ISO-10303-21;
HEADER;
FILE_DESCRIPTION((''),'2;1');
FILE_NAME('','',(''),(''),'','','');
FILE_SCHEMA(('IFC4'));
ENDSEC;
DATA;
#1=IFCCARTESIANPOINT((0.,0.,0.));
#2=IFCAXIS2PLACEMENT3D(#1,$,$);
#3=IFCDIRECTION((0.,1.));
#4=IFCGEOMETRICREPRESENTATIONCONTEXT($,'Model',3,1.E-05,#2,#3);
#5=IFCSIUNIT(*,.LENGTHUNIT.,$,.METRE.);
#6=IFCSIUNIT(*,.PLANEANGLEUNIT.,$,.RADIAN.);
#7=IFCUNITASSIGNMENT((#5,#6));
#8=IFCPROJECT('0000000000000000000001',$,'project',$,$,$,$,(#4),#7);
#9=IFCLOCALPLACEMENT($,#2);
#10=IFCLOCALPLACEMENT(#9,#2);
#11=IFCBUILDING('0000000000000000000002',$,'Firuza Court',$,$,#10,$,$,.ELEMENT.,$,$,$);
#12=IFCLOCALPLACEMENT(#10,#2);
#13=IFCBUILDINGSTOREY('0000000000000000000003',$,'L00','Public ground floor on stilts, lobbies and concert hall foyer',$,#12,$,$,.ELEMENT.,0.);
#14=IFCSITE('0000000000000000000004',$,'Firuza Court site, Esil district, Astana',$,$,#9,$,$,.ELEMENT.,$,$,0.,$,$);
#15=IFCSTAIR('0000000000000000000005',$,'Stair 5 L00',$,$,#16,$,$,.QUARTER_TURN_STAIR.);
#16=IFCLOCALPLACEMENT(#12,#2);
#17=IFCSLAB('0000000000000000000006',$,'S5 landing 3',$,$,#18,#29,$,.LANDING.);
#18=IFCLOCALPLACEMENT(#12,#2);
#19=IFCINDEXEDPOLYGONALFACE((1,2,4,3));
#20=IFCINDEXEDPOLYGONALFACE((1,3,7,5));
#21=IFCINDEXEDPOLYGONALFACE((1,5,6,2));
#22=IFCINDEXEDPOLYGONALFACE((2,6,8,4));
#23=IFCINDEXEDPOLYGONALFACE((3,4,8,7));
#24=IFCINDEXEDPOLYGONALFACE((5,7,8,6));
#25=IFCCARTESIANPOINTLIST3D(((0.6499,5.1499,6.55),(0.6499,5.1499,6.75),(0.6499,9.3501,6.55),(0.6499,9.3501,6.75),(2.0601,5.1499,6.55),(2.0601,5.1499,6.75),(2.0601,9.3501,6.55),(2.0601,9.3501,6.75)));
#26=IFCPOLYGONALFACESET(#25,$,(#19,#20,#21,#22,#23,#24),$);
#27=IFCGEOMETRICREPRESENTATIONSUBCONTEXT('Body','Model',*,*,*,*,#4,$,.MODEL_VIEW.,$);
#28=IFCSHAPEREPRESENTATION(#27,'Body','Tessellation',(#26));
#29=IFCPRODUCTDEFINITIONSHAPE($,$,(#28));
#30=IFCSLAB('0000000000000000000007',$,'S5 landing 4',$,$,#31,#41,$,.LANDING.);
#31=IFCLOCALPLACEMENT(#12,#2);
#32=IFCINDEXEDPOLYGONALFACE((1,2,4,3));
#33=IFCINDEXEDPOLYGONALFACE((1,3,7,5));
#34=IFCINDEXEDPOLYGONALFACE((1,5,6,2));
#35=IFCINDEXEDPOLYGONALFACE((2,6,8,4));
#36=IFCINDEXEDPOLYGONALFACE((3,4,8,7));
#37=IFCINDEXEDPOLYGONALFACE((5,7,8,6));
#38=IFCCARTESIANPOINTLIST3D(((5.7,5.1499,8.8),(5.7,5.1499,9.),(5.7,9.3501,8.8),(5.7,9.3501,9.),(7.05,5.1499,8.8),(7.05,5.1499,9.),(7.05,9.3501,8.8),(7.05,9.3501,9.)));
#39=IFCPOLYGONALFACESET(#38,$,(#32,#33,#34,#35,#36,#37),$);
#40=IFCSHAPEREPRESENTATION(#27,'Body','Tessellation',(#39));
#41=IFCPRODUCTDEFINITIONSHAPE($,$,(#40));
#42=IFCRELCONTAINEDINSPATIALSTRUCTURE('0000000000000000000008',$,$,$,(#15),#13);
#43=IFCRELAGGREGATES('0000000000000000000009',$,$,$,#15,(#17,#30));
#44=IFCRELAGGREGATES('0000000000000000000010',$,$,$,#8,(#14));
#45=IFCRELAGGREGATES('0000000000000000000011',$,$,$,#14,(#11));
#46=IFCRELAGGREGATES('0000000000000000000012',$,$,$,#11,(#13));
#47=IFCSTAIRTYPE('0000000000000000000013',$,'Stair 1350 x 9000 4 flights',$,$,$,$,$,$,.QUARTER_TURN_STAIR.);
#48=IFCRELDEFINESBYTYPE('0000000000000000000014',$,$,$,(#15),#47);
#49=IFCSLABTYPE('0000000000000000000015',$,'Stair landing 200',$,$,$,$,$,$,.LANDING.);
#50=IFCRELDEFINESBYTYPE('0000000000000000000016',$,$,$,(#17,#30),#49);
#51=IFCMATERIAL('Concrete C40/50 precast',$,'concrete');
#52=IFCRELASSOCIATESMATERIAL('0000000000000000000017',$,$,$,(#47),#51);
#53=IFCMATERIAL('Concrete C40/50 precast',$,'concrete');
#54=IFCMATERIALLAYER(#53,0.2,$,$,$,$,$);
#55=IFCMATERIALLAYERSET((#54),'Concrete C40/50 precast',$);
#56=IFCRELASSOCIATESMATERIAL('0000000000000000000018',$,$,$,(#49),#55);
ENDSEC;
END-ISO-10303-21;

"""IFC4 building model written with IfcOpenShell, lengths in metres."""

from ifc_helpers import new_model, si_unit, direction, frame, origin, place, context, subcontext, project, spatial, polyline, outline, extrude, material, layer, layer_set, type_object, element, aggregate, save


model = new_model("IFC4")

# Units and contexts
model_context = context("Model", 3, precision=1e-05, world=origin(), true_north=direction((0.0, 1.0)))
body_context = subcontext(model_context, "Body", "Model", "MODEL_VIEW")
ifc_project = project(units=[si_unit("LENGTHUNIT", "METRE"), si_unit("PLANEANGLEUNIT", "RADIAN")], contexts=[model_context])

# Site, building, storey
site_placement = place(None, origin())
site = spatial("IfcSite", under=ifc_project, at=site_placement, Name="Firuza Court site, Esil district, Astana", CompositionType="ELEMENT", RefElevation=0.0)
building_placement = place(site_placement, origin())
building = spatial("IfcBuilding", under=site, at=building_placement, Name="Firuza Court", CompositionType="ELEMENT")
storey_placement = place(building_placement, origin())
storey = spatial("IfcBuildingStorey", under=building, at=storey_placement, Name="L00", Description="Public ground floor on stilts, lobbies and concert hall foyer", CompositionType="ELEMENT", Elevation=0.0)

# Stair, slabs
ifc_material_1 = material(Name="Concrete C40/50 precast", Category="concrete")
stair_type_1 = type_object("IfcStairType", Name="Stair 1350 x 9000 4 flights", PredefinedType="QUARTER_TURN_STAIR", material=ifc_material_1)
ifc_material_2 = material(Name="Concrete C40/50 precast", Category="concrete")
ifc_layer_1 = layer(ifc_material_2, 0.2)
ifc_layer_set_1 = layer_set([ifc_layer_1], Name="Concrete C40/50 precast")
slab_type_1 = type_object("IfcSlabType", Name="Stair landing 200", PredefinedType="LANDING", material=ifc_layer_set_1)
stair_1_placement = place(storey_placement, origin())
stair_1 = element("IfcStair", 1, at=stair_1_placement, inside=storey, type_object=stair_type_1, Name="Stair 5 L00", PredefinedType="QUARTER_TURN_STAIR")
slab_1_placement = place(storey_placement, frame((0.0, 0.0, 6.55)))
slab_1 = element("IfcSlab", 2, at=slab_1_placement, type_object=slab_type_1, Name="S5 landing 3", PredefinedType="LANDING", context=body_context, shape_type="SweptSolid", body=[
    extrude(outline(polyline([(2.0601, 5.1499), (2.0601, 9.3501), (0.6499, 9.3501), (0.6499, 5.1499), (2.0601, 5.1499)])), origin(), (0.0, 0.0, 1.0), 0.2),
])
slab_2_placement = place(storey_placement, frame((0.0, 0.0, 8.8)))
slab_2 = element("IfcSlab", 3, at=slab_2_placement, type_object=slab_type_1, Name="S5 landing 4", PredefinedType="LANDING", context=body_context, shape_type="SweptSolid", body=[
    extrude(outline(polyline([(7.05, 5.1499), (7.05, 9.3501), (5.7, 9.3501), (5.7, 5.1499), (7.05, 5.1499)])), origin(), (0.0, 0.0, 1.0), 0.2),
])
aggregate(stair_1, [slab_1, slab_2])

save(model, "model.ifc")
